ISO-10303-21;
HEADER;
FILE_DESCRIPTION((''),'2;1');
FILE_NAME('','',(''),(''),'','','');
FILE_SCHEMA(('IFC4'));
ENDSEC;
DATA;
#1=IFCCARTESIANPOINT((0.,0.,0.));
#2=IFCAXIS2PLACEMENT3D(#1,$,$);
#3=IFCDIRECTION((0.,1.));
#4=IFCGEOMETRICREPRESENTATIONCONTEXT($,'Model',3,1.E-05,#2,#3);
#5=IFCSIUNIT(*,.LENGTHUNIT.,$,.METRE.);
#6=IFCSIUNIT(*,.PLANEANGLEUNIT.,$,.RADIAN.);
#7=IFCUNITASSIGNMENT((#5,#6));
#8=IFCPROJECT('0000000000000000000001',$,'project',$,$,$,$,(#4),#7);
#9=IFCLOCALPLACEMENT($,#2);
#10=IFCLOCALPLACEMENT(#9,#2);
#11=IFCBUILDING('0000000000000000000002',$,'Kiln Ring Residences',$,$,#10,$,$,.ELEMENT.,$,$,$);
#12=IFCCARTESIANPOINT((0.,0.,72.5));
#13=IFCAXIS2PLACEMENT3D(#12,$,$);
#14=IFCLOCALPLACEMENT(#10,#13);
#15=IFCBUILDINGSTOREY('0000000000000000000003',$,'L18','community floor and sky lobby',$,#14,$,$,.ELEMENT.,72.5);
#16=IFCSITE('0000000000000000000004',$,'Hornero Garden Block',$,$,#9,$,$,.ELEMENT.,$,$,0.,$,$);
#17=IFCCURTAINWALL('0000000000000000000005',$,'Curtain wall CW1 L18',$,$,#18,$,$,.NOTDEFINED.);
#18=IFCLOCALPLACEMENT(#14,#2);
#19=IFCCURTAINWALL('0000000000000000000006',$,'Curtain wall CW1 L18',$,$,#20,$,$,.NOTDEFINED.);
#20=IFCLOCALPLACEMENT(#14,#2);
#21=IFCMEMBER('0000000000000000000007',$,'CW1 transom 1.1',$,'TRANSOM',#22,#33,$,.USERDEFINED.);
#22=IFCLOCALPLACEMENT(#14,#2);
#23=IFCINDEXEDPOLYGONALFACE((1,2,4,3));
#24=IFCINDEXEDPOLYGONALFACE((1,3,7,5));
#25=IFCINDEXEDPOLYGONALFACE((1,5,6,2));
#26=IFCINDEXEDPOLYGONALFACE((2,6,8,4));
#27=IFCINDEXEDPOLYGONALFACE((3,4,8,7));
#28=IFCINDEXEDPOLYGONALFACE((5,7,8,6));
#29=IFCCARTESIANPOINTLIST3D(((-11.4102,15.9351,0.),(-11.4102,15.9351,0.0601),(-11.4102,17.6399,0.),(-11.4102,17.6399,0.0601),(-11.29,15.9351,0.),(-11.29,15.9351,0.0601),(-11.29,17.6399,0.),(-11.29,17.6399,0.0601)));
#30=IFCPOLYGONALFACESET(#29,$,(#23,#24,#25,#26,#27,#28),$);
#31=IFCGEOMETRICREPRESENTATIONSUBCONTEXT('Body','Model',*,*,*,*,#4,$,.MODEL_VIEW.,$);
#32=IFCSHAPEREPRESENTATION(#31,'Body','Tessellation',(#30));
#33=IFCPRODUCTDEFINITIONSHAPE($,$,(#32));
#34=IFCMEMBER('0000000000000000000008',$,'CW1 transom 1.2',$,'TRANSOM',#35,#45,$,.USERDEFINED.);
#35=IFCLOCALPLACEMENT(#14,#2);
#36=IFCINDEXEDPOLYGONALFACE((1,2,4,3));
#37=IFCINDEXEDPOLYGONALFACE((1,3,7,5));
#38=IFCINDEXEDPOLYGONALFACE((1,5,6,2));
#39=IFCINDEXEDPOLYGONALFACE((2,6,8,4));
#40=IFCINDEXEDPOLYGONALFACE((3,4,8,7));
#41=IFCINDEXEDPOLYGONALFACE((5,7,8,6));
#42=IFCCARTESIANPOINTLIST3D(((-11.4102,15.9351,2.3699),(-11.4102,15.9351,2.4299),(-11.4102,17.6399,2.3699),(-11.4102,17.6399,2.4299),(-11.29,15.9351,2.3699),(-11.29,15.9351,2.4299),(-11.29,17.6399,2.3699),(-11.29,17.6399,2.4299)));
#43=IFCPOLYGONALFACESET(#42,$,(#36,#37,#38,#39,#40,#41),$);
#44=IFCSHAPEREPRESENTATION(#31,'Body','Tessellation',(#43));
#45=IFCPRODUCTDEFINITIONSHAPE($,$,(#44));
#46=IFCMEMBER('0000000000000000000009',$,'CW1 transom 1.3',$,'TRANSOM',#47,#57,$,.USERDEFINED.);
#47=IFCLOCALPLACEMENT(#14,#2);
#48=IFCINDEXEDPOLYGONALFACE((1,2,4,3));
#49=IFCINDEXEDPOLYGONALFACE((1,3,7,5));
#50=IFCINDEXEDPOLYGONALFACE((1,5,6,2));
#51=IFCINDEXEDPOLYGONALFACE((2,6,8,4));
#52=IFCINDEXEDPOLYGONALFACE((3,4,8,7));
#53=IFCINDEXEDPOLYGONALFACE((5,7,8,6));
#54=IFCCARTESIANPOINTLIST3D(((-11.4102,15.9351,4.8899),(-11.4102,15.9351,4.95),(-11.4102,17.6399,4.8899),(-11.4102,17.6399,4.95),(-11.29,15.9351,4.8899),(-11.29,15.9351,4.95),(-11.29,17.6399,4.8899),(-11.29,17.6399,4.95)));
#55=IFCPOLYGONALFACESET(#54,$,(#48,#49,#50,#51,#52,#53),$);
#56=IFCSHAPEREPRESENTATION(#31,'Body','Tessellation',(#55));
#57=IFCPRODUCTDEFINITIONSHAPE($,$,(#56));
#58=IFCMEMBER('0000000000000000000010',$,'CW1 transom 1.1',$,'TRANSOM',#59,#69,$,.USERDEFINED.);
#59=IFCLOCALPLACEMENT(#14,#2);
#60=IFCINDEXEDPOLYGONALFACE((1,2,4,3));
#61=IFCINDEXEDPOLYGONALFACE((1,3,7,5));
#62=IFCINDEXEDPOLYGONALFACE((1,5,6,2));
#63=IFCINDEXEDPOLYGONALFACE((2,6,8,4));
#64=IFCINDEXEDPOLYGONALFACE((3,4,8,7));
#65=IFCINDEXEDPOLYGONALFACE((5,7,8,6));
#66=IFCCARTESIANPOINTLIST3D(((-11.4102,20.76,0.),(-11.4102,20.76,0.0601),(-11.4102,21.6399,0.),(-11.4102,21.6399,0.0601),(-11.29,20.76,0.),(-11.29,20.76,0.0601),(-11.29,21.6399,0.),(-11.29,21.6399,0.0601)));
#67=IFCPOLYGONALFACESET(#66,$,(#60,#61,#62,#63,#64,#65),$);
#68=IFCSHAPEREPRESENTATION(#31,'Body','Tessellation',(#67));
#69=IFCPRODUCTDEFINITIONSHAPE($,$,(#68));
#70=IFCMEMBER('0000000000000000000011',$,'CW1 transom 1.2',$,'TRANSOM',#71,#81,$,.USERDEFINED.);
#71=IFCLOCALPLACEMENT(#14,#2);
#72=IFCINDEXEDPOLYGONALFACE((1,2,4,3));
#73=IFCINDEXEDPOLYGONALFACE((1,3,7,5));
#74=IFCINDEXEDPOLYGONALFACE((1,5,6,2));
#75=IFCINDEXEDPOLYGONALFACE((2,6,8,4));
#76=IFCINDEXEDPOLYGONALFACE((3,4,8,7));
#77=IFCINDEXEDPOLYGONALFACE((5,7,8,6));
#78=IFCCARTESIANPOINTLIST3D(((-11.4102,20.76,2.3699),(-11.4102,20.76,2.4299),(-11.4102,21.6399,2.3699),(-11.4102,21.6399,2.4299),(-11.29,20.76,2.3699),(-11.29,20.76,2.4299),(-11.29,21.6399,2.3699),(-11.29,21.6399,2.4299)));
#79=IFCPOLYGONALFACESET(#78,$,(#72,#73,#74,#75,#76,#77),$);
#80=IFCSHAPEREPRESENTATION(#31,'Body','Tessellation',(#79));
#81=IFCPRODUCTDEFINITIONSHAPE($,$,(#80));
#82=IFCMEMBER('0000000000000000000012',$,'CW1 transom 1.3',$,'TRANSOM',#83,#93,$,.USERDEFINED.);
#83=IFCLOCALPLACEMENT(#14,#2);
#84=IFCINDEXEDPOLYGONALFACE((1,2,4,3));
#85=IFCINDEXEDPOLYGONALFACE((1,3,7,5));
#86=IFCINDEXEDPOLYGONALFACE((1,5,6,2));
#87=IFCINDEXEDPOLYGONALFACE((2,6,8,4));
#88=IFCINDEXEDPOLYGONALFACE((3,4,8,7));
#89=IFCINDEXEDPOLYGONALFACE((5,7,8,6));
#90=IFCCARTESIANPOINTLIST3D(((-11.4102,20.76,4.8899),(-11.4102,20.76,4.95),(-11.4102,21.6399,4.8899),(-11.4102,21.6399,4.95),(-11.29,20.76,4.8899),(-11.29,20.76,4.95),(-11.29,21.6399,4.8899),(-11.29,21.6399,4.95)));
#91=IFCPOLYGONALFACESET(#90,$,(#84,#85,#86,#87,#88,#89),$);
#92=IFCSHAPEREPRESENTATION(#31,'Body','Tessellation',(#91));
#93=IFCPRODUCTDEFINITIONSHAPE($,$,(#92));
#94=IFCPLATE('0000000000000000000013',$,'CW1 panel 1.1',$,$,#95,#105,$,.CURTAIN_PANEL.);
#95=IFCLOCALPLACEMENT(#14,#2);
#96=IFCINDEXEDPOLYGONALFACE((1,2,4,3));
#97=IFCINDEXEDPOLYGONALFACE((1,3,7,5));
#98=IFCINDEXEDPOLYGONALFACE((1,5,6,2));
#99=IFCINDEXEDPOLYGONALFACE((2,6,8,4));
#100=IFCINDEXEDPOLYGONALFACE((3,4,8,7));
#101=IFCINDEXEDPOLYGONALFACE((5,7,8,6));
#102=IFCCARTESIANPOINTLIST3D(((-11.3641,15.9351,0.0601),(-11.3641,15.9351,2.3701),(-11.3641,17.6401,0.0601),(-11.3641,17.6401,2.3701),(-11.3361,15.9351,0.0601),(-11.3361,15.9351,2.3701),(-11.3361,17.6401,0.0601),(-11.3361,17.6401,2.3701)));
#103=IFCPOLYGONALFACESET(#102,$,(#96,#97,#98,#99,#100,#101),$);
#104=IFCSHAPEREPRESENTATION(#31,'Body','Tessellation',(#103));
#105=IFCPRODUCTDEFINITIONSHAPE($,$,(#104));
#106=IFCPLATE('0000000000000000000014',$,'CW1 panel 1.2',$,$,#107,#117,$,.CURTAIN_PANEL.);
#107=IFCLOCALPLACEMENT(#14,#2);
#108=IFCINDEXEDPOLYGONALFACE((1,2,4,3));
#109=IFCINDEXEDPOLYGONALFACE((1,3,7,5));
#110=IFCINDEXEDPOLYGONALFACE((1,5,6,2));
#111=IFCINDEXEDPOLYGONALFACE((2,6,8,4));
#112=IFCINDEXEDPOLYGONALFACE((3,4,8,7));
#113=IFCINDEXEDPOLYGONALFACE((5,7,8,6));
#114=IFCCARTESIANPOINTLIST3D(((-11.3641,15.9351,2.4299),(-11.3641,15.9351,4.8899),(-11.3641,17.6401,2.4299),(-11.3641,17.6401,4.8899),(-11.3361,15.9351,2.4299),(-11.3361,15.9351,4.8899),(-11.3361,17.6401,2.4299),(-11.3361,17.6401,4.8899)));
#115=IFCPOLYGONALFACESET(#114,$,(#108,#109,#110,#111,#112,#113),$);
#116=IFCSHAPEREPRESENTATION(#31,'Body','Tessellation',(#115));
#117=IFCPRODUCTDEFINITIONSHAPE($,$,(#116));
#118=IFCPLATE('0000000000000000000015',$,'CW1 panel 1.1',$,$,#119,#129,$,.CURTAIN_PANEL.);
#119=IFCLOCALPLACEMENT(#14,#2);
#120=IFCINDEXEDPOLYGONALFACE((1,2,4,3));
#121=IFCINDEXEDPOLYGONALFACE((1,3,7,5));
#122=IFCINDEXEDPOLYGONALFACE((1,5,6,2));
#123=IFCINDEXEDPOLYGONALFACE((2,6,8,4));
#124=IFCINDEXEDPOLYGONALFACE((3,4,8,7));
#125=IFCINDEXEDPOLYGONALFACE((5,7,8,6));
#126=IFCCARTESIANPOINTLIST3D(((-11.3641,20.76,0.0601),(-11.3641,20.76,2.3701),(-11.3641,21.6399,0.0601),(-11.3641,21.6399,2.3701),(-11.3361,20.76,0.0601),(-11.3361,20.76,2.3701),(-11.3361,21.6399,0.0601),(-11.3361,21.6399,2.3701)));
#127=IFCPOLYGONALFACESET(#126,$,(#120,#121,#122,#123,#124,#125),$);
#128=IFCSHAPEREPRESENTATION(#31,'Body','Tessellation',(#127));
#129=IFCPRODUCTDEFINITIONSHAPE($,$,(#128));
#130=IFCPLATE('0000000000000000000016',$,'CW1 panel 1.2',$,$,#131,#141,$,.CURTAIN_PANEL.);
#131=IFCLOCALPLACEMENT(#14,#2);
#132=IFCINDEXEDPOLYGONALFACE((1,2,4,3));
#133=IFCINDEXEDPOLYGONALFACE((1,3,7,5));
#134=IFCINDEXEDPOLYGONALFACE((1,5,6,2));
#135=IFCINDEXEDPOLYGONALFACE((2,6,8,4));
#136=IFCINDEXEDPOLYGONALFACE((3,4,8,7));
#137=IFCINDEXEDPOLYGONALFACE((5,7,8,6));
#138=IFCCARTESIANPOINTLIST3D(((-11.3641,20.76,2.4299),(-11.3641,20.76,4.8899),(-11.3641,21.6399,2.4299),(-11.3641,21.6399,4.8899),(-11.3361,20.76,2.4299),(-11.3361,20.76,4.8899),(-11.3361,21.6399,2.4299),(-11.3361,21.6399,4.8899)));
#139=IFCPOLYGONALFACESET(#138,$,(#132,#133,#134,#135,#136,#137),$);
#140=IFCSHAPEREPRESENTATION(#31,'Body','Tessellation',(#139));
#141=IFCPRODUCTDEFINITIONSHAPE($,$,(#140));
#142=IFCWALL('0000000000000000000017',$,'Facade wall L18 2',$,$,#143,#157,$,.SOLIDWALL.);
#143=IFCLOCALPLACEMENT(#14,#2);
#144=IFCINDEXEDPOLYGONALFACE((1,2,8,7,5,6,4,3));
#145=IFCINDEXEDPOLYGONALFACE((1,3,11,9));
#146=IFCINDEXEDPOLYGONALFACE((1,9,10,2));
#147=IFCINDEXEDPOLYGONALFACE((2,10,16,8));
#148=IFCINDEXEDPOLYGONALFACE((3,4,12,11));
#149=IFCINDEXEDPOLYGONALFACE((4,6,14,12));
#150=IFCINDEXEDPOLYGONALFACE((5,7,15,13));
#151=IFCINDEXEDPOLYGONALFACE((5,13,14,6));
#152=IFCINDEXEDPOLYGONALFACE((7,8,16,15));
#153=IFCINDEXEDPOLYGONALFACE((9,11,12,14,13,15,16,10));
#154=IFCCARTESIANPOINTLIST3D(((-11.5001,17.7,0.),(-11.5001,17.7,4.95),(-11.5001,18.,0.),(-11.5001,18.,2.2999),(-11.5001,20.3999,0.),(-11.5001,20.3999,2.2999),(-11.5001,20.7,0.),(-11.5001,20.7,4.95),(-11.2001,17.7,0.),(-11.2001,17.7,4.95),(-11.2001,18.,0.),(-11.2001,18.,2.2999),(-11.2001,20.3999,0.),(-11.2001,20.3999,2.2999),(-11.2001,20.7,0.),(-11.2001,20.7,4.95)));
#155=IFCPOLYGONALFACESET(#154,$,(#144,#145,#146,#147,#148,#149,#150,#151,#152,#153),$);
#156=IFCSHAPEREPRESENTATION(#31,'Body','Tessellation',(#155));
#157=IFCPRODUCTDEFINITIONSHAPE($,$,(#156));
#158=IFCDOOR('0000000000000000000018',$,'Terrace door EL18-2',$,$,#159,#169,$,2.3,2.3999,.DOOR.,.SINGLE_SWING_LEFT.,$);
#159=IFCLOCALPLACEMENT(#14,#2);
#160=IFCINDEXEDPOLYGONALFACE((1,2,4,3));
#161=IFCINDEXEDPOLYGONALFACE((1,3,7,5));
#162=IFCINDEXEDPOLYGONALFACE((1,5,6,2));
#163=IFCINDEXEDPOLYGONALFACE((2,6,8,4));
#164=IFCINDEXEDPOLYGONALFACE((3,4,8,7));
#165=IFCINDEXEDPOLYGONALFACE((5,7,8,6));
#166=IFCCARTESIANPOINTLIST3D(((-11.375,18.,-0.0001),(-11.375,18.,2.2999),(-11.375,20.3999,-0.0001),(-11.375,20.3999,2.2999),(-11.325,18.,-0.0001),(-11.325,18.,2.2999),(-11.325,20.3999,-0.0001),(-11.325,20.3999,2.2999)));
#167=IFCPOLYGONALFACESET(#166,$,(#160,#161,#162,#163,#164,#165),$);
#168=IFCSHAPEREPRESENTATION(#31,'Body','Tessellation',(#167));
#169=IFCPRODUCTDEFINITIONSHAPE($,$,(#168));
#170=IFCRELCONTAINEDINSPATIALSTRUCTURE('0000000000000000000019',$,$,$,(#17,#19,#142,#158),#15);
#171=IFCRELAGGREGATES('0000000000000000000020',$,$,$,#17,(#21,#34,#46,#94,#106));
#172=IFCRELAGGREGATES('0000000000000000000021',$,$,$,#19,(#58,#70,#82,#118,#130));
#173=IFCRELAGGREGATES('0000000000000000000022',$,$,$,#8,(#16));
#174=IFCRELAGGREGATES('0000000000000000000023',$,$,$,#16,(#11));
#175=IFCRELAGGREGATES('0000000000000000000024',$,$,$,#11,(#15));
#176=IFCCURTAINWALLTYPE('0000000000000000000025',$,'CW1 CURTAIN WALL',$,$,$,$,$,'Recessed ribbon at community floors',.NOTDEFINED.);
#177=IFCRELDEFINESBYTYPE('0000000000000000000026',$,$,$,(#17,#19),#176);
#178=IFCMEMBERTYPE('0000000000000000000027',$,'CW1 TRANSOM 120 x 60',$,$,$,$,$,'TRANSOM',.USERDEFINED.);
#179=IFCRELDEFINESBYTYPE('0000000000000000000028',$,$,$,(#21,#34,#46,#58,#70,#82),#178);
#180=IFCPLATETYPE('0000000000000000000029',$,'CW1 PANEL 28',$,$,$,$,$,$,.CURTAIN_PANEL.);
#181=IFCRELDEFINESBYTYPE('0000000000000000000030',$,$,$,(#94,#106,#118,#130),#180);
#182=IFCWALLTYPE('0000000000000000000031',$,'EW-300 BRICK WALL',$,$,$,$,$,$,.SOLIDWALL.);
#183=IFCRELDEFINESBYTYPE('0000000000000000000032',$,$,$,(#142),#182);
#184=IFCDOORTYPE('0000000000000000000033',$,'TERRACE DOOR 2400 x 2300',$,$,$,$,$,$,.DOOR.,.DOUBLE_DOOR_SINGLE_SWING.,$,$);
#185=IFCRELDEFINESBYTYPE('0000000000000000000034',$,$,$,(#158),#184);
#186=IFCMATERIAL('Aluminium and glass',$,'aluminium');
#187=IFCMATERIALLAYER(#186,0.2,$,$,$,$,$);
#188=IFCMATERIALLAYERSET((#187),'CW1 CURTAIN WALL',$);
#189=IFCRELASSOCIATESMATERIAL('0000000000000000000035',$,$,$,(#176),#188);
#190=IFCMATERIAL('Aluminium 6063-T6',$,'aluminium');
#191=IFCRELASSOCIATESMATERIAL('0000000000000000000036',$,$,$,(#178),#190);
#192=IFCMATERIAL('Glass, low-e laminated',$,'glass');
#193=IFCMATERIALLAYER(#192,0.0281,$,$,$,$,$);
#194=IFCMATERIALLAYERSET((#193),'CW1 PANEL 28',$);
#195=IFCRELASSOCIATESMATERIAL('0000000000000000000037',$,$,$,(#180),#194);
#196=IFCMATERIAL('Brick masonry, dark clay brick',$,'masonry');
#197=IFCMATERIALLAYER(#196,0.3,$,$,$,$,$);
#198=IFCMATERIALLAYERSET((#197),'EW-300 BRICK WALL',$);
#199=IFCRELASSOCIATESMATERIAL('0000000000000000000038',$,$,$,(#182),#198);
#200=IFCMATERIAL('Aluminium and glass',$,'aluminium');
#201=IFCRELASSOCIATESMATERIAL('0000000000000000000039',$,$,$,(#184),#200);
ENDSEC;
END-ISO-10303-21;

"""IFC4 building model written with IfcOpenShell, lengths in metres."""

from ifc_helpers import new_model, si_unit, direction, frame, frame_2d, origin, origin_2d, place, context, subcontext, project, spatial, rectangle, extrude, material, layer, layer_set, material_profile, profile_set, type_object, element, fill, aggregate, save


model = new_model("IFC4")

# Units and contexts
model_context = context("Model", 3, precision=1e-05, world=origin(), true_north=direction((0.0, 1.0)))
body_context = subcontext(model_context, "Body", "Model", "MODEL_VIEW")
ifc_project = project(units=[si_unit("LENGTHUNIT", "METRE"), si_unit("PLANEANGLEUNIT", "RADIAN")], contexts=[model_context])

# Site, building, storey
site_placement = place(None, origin())
site = spatial("IfcSite", under=ifc_project, at=site_placement, Name="Hornero Garden Block", CompositionType="ELEMENT", RefElevation=0.0)
building_placement = place(site_placement, origin())
building = spatial("IfcBuilding", under=site, at=building_placement, Name="Kiln Ring Residences", CompositionType="ELEMENT")
storey_placement = place(building_placement, frame((0.0, 0.0, 72.5)))
storey = spatial("IfcBuildingStorey", under=building, at=storey_placement, Name="L18", Description="community floor and sky lobby", CompositionType="ELEMENT", Elevation=72.5)

# Curtain walls
ifc_material_1 = material(Name="Aluminium and glass", Category="aluminium")
ifc_layer_1 = layer(ifc_material_1, 0.2)
ifc_layer_set_1 = layer_set([ifc_layer_1], Name="CW1 CURTAIN WALL")
curtain_wall_type = type_object("IfcCurtainWallType", Name="CW1 CURTAIN WALL", ElementType="Recessed ribbon at community floors", PredefinedType="NOTDEFINED", material=ifc_layer_set_1)
placement = place(storey_placement, origin())
curtain_wall_1 = element("IfcCurtainWall", 1, at=placement, inside=storey, type_object=curtain_wall_type, Name="Curtain wall CW1 L18", PredefinedType="NOTDEFINED")
curtain_wall_2 = element("IfcCurtainWall", 2, at=placement, inside=storey, type_object=curtain_wall_type, Name="Curtain wall CW1 L18", PredefinedType="NOTDEFINED")

# Members
ifc_material_2 = material(Name="Aluminium 6063-T6", Category="aluminium")
ifc_material_profile_1 = material_profile(ifc_material_2, rectangle(XDim=0.1201, YDim=0.0601, at=origin_2d()), Name="AL 120x60")
ifc_profile_set_1 = profile_set([ifc_material_profile_1], Name="Aluminium 6063-T6")
member_type_1 = type_object("IfcMemberType", Name="CW1 TRANSOM 120 x 60", ElementType="TRANSOM", PredefinedType="USERDEFINED", material=ifc_profile_set_1)
member_1_placement = place(storey_placement, frame((-11.3501, 15.9351, 0.03), z_axis=(0.0, 1.0, 0.0), x_axis=(-1.0, 0.0, 0.0)))
member_1 = element("IfcMember", 3, at=member_1_placement, type_object=member_type_1, Name="CW1 transom 1.1", ObjectType="TRANSOM", PredefinedType="USERDEFINED", context=body_context, shape_type="SweptSolid", body=[
    extrude(rectangle(XDim=0.1201, YDim=0.0601, at=origin_2d()), origin(), (0.0, 0.0, 1.0), 1.7048),
])
member_2_placement = place(storey_placement, frame((-11.3501, 15.9351, 2.3999), z_axis=(0.0, 1.0, 0.0), x_axis=(-1.0, 0.0, 0.0)))
member_2 = element("IfcMember", 4, at=member_2_placement, type_object=member_type_1, Name="CW1 transom 1.2", ObjectType="TRANSOM", PredefinedType="USERDEFINED", context=body_context, shape_type="SweptSolid", body=[
    extrude(rectangle(XDim=0.1201, YDim=0.0601, at=origin_2d()), origin(), (0.0, 0.0, 1.0), 1.7048),
])
member_3_placement = place(storey_placement, frame((-11.3501, 15.9351, 4.9199), z_axis=(0.0, 1.0, 0.0), x_axis=(-1.0, 0.0, 0.0)))
member_3 = element("IfcMember", 5, at=member_3_placement, type_object=member_type_1, Name="CW1 transom 1.3", ObjectType="TRANSOM", PredefinedType="USERDEFINED", context=body_context, shape_type="SweptSolid", body=[
    extrude(rectangle(XDim=0.1201, YDim=0.0601, at=origin_2d()), origin(), (0.0, 0.0, 1.0), 1.7048),
])
member_4_placement = place(storey_placement, frame((-11.3501, 20.76, 0.03), z_axis=(0.0, 1.0, 0.0), x_axis=(-1.0, 0.0, 0.0)))
member_4 = element("IfcMember", 6, at=member_4_placement, type_object=member_type_1, Name="CW1 transom 1.1", ObjectType="TRANSOM", PredefinedType="USERDEFINED", context=body_context, shape_type="SweptSolid", body=[
    extrude(rectangle(XDim=0.1201, YDim=0.0601, at=origin_2d()), origin(), (0.0, 0.0, 1.0), 0.8799),
])
member_5_placement = place(storey_placement, frame((-11.3501, 20.76, 2.3999), z_axis=(0.0, 1.0, 0.0), x_axis=(-1.0, 0.0, 0.0)))
member_5 = element("IfcMember", 7, at=member_5_placement, type_object=member_type_1, Name="CW1 transom 1.2", ObjectType="TRANSOM", PredefinedType="USERDEFINED", context=body_context, shape_type="SweptSolid", body=[
    extrude(rectangle(XDim=0.1201, YDim=0.0601, at=origin_2d()), origin(), (0.0, 0.0, 1.0), 0.8799),
])
member_6_placement = place(storey_placement, frame((-11.3501, 20.76, 4.9199), z_axis=(0.0, 1.0, 0.0), x_axis=(-1.0, 0.0, 0.0)))
member_6 = element("IfcMember", 8, at=member_6_placement, type_object=member_type_1, Name="CW1 transom 1.3", ObjectType="TRANSOM", PredefinedType="USERDEFINED", context=body_context, shape_type="SweptSolid", body=[
    extrude(rectangle(XDim=0.1201, YDim=0.0601, at=origin_2d()), origin(), (0.0, 0.0, 1.0), 0.8799),
])

# Plates
ifc_material_3 = material(Name="Glass, low-e laminated", Category="glass")
ifc_layer_2 = layer(ifc_material_3, 0.0281)
ifc_layer_set_2 = layer_set([ifc_layer_2], Name="CW1 PANEL 28")
plate_type = type_object("IfcPlateType", Name="CW1 PANEL 28", PredefinedType="CURTAIN_PANEL", material=ifc_layer_set_2)
plate_1_placement = place(storey_placement, frame((-11.3501, 16.7876, 0.0601), z_axis=(0.0, 0.0, 1.0), x_axis=(0.0, 1.0, 0.0)))
plate_1 = element("IfcPlate", 9, at=plate_1_placement, type_object=plate_type, Name="CW1 panel 1.1", PredefinedType="CURTAIN_PANEL", context=body_context, shape_type="SweptSolid", body=[
    extrude(rectangle(XDim=1.7051, YDim=0.0281, at=origin_2d()), origin(), (0.0, 0.0, 1.0), 2.3101),
])
plate_2_placement = place(storey_placement, frame((-11.3501, 16.7876, 2.4299), z_axis=(0.0, 0.0, 1.0), x_axis=(0.0, 1.0, 0.0)))
plate_2 = element("IfcPlate", 10, at=plate_2_placement, type_object=plate_type, Name="CW1 panel 1.2", PredefinedType="CURTAIN_PANEL", context=body_context, shape_type="SweptSolid", body=[
    extrude(rectangle(XDim=1.7051, YDim=0.0281, at=origin_2d()), origin(), (0.0, 0.0, 1.0), 2.46),
])
aggregate(curtain_wall_1, [member_1, member_2, member_3, plate_1, plate_2])
plate_3_placement = place(storey_placement, frame((-11.3501, 21.2, 0.0601), z_axis=(0.0, 0.0, 1.0), x_axis=(0.0, 1.0, 0.0)))
plate_3 = element("IfcPlate", 11, at=plate_3_placement, type_object=plate_type, Name="CW1 panel 1.1", PredefinedType="CURTAIN_PANEL", context=body_context, shape_type="SweptSolid", body=[
    extrude(rectangle(XDim=0.8799, YDim=0.0281, at=origin_2d()), origin(), (0.0, 0.0, 1.0), 2.3101),
])
plate_4_placement = place(storey_placement, frame((-11.3501, 21.2, 2.4299), z_axis=(0.0, 0.0, 1.0), x_axis=(0.0, 1.0, 0.0)))
plate_4 = element("IfcPlate", 12, at=plate_4_placement, type_object=plate_type, Name="CW1 panel 1.2", PredefinedType="CURTAIN_PANEL", context=body_context, shape_type="SweptSolid", body=[
    extrude(rectangle(XDim=0.8799, YDim=0.0281, at=origin_2d()), origin(), (0.0, 0.0, 1.0), 2.46),
])
aggregate(curtain_wall_2, [member_4, member_5, member_6, plate_3, plate_4])

# Wall, opening, door
ifc_material_4 = material(Name="Brick masonry, dark clay brick", Category="masonry")
ifc_layer_3 = layer(ifc_material_4, 0.3)
ifc_layer_set_3 = layer_set([ifc_layer_3], Name="EW-300 BRICK WALL")
wall_type = type_object("IfcWallType", Name="EW-300 BRICK WALL", PredefinedType="SOLIDWALL", material=ifc_layer_set_3)
wall_placement = place(storey_placement, frame((-11.3501, 17.7, 0.0), z_axis=(0.0, 0.0, 1.0), x_axis=(0.0, 1.0, 0.0)))
wall = element("IfcWall", 13, at=wall_placement, inside=storey, type_object=wall_type, Name="Facade wall L18 2", PredefinedType="SOLIDWALL", context=body_context, shape_type="SweptSolid", body=[
    extrude(rectangle(XDim=3.0, YDim=0.3, at=frame_2d((1.5, 0.0))), origin(), (0.0, 0.0, 1.0), 4.95),
])
opening_placement = place(wall_placement, frame((0.3, 0.0, 0.0)))
opening = element("IfcOpeningElement", 14, at=opening_placement, cuts=wall, PredefinedType="OPENING", context=body_context, shape_type="SweptSolid", body=[
    extrude(rectangle(XDim=2.3999, YDim=2.3, at=frame_2d((1.2, 1.1499))), frame((0.0, 0.1599, 0.0), z_axis=(0.0, -1.0, 0.0), x_axis=(1.0, 0.0, 0.0)), (0.0, 0.0, 1.0), 0.3201),
])
ifc_material_5 = material(Name="Aluminium and glass", Category="aluminium")
door_type = type_object("IfcDoorType", Name="TERRACE DOOR 2400 x 2300", OperationType="DOUBLE_DOOR_SINGLE_SWING", PredefinedType="DOOR", material=ifc_material_5)
door_placement = place(opening_placement, origin())
door = element("IfcDoor", 15, at=door_placement, inside=storey, type_object=door_type, Name="Terrace door EL18-2", OperationType="SINGLE_SWING_LEFT", OverallHeight=2.3, OverallWidth=2.3999, PredefinedType="DOOR", context=body_context, shape_type="SweptSolid", body=[
    extrude(rectangle(XDim=2.3999, YDim=2.3, at=frame_2d((1.2, 1.1499))), frame((0.0, 0.0249, 0.0), z_axis=(0.0, -1.0, 0.0), x_axis=(1.0, 0.0, 0.0)), (0.0, 0.0, 1.0), 0.05),
])
fill(opening, door)

save(model, "model.ifc")
